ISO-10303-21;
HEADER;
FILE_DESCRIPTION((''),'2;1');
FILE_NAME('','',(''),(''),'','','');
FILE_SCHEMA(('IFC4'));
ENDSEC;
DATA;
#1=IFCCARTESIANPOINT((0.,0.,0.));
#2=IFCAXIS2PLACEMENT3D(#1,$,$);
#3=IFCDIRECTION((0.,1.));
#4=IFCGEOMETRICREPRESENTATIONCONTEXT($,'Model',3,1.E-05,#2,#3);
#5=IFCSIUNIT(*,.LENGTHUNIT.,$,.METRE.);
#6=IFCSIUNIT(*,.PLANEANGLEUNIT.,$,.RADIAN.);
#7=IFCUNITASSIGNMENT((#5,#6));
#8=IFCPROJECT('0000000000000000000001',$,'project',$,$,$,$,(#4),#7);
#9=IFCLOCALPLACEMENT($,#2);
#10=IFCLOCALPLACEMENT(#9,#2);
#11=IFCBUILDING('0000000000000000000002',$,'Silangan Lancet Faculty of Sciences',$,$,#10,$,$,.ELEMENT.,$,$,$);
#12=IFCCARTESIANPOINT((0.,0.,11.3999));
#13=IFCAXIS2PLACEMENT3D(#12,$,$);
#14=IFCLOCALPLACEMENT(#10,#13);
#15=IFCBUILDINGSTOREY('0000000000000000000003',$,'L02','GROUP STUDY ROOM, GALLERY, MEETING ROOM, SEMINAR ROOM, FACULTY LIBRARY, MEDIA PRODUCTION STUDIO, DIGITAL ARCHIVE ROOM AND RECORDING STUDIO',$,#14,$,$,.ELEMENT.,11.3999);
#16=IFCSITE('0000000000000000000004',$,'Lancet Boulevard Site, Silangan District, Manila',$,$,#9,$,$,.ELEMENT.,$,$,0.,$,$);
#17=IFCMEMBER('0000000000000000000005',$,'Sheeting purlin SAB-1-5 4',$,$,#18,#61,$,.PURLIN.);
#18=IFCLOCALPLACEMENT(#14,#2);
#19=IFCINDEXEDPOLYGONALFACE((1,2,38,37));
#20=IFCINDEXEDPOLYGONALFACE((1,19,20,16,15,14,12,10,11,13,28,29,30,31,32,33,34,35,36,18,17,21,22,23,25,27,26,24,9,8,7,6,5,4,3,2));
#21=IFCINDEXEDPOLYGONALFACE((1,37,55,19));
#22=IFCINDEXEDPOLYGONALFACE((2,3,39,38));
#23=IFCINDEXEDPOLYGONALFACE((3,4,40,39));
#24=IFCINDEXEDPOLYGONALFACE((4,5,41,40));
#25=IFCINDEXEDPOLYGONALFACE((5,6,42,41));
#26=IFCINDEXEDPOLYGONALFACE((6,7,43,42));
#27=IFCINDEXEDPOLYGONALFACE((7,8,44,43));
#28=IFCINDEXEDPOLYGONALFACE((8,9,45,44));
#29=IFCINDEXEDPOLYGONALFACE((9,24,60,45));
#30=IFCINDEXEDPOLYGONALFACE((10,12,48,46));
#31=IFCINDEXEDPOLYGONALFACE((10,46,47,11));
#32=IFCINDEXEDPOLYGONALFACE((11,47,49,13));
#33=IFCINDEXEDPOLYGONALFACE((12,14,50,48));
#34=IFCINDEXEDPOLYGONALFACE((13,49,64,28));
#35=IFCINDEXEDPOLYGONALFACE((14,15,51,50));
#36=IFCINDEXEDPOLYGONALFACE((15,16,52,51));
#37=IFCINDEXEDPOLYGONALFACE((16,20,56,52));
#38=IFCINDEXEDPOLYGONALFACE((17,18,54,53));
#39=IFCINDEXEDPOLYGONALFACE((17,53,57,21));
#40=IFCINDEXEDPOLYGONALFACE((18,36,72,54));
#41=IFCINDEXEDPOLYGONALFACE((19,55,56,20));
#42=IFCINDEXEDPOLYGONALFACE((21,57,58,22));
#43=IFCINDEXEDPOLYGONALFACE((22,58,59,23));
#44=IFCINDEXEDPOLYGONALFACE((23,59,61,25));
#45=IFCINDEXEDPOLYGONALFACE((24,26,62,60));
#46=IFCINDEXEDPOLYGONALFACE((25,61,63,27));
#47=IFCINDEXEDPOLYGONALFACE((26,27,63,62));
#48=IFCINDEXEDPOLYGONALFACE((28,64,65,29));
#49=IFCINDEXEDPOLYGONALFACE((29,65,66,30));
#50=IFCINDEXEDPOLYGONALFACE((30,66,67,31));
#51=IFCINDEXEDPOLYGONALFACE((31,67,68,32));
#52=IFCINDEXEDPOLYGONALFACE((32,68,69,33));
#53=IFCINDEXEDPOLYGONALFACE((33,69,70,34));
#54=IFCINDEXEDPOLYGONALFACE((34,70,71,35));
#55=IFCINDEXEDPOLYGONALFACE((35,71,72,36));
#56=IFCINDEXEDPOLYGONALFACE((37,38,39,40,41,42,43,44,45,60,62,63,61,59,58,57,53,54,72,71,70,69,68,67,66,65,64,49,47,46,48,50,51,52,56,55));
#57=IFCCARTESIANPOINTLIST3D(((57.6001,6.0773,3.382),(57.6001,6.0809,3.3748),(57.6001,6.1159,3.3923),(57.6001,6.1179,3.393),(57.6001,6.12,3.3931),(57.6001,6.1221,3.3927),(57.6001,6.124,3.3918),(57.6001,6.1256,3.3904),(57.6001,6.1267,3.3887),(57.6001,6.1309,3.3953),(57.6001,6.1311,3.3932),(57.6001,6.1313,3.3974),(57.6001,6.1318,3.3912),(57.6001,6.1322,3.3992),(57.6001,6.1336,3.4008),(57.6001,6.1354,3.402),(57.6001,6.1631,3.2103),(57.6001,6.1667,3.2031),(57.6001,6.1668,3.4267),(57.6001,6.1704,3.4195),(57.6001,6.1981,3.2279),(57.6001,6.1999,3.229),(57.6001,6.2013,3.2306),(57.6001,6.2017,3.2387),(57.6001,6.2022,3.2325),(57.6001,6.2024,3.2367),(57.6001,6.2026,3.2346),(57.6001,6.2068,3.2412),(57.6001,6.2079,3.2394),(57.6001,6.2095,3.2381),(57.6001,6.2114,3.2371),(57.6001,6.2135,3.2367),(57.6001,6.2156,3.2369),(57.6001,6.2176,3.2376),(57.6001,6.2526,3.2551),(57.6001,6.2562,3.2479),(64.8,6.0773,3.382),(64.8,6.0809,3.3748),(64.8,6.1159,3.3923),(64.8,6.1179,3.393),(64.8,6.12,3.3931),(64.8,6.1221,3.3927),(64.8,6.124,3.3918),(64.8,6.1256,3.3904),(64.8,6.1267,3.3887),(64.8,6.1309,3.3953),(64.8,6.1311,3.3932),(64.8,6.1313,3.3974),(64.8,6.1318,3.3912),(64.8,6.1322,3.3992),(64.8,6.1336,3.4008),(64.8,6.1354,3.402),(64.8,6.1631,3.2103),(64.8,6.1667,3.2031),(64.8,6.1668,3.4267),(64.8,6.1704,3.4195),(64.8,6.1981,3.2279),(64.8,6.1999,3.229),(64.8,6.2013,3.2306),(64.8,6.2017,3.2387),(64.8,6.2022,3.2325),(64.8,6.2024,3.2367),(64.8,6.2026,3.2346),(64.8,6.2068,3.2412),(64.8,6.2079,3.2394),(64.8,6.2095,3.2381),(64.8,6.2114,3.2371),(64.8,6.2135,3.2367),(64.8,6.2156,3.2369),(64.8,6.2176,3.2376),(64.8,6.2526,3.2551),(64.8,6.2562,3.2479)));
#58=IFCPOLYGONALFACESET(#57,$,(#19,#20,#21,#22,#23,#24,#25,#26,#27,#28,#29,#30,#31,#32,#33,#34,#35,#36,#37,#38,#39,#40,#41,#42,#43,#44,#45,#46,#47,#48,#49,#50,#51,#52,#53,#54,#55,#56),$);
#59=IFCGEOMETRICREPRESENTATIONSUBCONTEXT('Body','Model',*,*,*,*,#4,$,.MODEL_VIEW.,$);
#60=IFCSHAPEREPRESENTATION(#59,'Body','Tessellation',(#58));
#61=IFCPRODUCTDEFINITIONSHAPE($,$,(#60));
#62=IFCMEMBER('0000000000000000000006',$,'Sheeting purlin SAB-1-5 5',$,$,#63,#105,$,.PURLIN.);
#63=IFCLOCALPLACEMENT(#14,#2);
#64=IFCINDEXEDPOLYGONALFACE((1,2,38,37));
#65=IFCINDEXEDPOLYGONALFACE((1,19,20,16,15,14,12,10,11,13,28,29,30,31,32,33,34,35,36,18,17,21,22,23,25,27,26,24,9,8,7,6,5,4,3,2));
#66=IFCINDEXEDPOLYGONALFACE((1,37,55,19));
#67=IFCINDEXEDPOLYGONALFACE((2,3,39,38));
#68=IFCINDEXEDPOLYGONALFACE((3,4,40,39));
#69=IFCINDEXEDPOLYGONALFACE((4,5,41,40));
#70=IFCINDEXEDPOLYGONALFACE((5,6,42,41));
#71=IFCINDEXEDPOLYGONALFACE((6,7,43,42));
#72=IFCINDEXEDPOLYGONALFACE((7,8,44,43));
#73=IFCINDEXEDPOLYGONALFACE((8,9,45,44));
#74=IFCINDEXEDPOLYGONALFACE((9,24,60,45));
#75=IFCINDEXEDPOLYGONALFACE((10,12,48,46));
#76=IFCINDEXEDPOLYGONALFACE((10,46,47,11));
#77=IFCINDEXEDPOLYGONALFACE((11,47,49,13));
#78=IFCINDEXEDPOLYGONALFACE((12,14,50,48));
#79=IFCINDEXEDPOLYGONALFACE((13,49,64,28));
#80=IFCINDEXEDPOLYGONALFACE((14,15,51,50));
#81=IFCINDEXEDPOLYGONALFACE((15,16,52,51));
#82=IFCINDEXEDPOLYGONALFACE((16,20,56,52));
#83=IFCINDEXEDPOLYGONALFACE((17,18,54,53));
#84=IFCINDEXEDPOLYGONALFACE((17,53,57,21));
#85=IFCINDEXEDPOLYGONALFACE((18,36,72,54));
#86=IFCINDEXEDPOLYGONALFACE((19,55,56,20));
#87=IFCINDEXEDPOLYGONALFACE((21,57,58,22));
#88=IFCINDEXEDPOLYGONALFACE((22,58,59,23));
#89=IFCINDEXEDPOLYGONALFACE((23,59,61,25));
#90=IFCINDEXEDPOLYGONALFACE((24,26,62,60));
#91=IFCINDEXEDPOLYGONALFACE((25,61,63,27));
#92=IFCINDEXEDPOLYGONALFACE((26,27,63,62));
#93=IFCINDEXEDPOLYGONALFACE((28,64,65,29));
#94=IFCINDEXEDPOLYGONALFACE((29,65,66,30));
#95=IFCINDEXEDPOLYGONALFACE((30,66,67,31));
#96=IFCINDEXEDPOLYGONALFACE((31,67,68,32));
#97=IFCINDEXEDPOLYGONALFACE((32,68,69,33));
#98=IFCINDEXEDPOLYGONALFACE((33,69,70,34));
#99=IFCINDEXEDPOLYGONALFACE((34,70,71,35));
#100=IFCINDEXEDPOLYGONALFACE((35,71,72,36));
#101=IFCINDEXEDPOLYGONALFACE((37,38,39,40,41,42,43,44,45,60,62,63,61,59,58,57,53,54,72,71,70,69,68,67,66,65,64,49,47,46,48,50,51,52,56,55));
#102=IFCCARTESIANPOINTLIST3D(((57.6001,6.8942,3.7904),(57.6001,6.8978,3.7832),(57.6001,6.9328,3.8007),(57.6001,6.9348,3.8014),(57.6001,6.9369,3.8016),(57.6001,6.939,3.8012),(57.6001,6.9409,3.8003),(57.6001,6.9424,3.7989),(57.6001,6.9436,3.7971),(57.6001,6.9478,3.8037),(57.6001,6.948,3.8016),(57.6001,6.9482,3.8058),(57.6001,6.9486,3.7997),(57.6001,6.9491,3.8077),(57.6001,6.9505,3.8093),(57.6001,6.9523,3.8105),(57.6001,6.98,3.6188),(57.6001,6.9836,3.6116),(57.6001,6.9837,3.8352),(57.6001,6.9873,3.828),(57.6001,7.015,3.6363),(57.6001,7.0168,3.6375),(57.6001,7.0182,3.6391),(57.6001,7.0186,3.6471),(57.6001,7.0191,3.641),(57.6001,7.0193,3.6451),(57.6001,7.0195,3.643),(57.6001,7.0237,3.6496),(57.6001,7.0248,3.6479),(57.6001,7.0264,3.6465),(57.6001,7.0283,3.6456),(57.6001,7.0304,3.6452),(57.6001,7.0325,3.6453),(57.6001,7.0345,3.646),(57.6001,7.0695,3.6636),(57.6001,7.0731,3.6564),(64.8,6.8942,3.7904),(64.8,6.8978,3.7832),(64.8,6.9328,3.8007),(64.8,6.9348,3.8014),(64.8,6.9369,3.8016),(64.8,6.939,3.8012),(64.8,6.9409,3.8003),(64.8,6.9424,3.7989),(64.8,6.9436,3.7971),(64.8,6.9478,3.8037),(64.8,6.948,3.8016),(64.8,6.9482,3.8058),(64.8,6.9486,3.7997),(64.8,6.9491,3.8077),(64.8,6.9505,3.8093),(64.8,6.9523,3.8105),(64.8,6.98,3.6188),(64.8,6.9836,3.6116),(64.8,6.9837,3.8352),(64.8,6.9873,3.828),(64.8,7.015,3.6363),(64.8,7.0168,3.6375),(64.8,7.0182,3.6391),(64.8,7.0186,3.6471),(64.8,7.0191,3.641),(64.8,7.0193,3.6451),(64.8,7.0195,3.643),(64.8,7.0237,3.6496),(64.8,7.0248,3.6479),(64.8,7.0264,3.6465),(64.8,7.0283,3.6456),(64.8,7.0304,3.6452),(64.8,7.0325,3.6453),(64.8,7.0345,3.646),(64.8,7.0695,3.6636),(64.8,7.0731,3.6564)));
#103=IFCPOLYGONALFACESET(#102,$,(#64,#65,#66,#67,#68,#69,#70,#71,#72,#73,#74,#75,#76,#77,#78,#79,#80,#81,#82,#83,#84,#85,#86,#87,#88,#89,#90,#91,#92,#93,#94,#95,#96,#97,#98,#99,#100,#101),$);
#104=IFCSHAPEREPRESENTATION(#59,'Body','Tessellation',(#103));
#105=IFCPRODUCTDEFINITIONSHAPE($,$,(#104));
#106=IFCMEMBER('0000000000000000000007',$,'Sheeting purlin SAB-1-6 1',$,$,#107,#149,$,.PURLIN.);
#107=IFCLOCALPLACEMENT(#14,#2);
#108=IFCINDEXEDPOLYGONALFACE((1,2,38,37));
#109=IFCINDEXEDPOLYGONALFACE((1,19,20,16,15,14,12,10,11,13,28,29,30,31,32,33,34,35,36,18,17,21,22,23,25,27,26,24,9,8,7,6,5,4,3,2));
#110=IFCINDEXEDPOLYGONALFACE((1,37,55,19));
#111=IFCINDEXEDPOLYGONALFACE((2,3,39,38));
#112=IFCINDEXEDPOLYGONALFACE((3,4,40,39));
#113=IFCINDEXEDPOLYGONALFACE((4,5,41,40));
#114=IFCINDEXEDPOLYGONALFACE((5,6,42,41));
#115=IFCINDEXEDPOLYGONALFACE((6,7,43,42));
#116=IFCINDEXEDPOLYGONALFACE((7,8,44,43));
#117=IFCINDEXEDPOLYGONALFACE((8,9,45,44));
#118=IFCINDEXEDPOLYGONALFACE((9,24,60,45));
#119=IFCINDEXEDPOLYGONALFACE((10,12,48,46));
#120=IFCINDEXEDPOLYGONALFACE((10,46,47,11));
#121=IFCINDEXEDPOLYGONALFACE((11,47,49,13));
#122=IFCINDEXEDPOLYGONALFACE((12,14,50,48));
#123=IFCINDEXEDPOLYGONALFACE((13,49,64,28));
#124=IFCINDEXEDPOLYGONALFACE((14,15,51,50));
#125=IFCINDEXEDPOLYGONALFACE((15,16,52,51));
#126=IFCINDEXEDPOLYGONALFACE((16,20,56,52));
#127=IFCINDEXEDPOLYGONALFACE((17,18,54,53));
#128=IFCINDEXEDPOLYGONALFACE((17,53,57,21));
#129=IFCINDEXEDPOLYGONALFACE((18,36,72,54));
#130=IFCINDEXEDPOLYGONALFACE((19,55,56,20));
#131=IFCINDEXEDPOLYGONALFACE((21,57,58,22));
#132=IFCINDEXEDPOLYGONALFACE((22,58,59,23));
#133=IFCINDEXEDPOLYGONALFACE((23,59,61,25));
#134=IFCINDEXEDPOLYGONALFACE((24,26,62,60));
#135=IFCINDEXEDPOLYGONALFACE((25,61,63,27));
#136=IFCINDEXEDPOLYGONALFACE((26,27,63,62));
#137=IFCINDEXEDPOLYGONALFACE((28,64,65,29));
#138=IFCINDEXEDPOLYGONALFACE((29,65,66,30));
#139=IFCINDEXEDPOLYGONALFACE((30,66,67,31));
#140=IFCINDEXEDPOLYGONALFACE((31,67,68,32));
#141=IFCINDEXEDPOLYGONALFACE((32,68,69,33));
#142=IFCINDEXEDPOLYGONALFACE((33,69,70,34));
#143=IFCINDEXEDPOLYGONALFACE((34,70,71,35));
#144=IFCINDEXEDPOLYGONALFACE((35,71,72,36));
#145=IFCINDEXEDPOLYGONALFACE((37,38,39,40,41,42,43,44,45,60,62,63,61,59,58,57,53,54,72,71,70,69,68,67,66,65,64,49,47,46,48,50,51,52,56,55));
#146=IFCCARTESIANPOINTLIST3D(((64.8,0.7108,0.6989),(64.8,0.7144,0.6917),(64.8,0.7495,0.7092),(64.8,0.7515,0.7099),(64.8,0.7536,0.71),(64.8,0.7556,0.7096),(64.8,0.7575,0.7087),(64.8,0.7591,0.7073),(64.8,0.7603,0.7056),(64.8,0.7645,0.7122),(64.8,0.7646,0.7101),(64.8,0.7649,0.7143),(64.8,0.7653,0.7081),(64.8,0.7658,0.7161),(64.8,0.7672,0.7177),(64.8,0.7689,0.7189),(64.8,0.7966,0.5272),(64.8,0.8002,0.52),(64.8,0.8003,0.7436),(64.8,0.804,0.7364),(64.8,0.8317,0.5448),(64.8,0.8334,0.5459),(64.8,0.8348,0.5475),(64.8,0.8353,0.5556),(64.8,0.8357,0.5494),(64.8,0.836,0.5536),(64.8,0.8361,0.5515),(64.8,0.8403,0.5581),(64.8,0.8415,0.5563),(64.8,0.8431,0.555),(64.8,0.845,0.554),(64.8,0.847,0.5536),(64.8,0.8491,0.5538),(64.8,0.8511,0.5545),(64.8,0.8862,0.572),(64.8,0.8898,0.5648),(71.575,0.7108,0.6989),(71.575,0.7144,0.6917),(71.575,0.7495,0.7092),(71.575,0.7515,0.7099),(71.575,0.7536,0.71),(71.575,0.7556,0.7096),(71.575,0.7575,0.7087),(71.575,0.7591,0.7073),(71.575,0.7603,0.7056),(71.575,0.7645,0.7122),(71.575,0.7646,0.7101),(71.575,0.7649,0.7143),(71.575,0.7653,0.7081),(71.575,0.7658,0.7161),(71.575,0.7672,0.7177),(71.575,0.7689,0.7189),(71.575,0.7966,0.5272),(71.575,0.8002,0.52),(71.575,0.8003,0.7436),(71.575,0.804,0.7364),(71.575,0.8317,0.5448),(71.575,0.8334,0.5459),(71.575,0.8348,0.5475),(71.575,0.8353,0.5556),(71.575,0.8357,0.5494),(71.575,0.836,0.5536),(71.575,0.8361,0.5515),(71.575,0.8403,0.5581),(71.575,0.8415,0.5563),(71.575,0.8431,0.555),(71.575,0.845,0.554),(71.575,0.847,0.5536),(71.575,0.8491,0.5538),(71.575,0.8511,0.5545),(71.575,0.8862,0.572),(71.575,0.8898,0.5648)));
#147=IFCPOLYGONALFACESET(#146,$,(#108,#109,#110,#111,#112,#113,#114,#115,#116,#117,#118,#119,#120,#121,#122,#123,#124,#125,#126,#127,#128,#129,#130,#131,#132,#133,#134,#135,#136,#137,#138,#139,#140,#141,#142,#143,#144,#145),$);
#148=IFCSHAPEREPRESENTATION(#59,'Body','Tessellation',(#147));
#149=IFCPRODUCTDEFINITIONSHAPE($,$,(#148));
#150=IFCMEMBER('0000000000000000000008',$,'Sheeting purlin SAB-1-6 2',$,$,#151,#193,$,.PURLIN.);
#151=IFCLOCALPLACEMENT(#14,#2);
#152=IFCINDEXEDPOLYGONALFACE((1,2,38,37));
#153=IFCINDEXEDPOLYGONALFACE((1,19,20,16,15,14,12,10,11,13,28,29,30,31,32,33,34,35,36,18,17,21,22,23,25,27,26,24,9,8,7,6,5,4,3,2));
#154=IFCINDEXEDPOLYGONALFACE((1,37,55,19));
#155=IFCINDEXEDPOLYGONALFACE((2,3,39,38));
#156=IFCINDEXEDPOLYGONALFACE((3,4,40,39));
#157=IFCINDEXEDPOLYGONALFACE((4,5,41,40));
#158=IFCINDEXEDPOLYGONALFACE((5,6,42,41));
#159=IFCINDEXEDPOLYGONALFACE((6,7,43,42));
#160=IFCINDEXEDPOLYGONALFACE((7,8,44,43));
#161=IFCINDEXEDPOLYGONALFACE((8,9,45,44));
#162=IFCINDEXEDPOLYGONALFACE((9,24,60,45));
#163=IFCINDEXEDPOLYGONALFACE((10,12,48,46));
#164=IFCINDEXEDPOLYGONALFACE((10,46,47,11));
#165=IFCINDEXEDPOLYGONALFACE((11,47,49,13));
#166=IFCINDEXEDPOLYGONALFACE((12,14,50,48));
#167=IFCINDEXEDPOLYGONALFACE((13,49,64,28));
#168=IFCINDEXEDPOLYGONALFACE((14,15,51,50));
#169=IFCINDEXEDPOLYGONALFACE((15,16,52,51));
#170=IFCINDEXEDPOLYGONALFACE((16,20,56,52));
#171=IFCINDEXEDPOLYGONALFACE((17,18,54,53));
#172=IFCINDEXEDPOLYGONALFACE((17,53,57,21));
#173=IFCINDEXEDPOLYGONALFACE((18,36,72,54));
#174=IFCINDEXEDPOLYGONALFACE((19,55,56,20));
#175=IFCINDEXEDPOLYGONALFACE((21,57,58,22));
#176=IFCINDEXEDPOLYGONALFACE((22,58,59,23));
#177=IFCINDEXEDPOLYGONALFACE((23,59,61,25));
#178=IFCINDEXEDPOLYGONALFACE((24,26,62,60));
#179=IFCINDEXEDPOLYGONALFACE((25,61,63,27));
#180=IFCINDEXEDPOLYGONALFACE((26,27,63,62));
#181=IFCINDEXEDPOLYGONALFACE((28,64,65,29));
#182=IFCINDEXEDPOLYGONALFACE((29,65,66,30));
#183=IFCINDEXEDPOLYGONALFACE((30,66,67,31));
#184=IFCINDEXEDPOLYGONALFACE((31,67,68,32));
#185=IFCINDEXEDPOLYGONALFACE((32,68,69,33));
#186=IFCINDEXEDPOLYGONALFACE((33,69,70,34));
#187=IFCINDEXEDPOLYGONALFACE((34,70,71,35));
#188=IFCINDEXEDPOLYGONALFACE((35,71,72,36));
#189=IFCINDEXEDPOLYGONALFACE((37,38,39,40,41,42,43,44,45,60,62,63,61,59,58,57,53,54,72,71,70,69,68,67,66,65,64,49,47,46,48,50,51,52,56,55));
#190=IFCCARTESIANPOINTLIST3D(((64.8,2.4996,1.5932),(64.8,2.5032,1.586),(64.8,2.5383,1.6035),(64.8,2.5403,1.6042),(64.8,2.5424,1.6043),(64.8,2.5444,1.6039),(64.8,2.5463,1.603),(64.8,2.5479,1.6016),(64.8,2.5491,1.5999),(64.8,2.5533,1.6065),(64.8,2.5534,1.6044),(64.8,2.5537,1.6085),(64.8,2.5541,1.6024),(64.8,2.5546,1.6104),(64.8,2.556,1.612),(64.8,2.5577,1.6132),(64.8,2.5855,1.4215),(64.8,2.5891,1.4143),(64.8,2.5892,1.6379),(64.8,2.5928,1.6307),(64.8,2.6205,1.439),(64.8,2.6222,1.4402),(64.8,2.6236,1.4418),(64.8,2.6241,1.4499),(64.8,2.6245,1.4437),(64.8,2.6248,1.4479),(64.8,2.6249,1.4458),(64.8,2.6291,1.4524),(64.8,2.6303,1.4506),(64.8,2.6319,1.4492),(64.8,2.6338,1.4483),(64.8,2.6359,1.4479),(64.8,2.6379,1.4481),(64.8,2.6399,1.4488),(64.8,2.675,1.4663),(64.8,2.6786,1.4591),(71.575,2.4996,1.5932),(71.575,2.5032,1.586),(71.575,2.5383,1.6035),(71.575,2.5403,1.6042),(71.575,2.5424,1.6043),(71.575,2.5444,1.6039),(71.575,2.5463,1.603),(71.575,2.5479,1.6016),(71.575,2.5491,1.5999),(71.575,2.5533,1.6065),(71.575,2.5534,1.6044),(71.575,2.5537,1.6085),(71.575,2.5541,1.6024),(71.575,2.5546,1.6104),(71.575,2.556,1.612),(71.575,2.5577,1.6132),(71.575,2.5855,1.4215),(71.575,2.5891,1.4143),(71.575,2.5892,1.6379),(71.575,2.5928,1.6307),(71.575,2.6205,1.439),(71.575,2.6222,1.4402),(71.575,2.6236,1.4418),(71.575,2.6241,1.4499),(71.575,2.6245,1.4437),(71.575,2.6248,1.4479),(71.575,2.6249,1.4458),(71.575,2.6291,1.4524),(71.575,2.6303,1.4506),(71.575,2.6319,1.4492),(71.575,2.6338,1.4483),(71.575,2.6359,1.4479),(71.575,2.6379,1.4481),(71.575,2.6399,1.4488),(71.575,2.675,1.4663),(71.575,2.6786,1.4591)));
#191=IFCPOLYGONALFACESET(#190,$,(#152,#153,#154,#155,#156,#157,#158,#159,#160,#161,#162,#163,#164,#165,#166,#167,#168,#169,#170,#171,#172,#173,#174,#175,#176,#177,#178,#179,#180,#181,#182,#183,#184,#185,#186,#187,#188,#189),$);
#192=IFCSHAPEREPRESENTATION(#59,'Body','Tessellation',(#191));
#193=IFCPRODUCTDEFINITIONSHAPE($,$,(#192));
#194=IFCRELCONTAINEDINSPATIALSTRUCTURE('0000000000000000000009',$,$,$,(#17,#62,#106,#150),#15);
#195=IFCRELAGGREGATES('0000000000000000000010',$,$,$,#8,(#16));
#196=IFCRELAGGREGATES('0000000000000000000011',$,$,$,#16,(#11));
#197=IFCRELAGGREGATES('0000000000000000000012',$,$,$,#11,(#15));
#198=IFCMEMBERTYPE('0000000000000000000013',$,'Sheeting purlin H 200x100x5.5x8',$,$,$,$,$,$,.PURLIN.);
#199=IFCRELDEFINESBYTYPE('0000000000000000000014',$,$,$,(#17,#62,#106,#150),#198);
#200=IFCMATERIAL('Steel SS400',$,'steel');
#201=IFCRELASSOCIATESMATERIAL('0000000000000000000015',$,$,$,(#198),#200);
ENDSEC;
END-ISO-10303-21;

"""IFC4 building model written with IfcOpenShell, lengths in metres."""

from ifc_helpers import new_model, si_unit, direction, frame, origin, origin_2d, place, context, subcontext, project, spatial, i_section, extrude, material, material_profile, profile_set, type_object, element, save


model = new_model("IFC4")

# Units and contexts
model_context = context("Model", 3, precision=1e-05, world=origin(), true_north=direction((0.0, 1.0)))
body_context = subcontext(model_context, "Body", "Model", "MODEL_VIEW")
ifc_project = project(units=[si_unit("LENGTHUNIT", "METRE"), si_unit("PLANEANGLEUNIT", "RADIAN")], contexts=[model_context])

# Site, building, storey
site_placement = place(None, origin())
site = spatial("IfcSite", under=ifc_project, at=site_placement, Name="Lancet Boulevard Site, Silangan District, Manila", CompositionType="ELEMENT", RefElevation=0.0)
building_placement = place(site_placement, origin())
building = spatial("IfcBuilding", under=site, at=building_placement, Name="Silangan Lancet Faculty of Sciences", CompositionType="ELEMENT")
storey_placement = place(building_placement, frame((0.0, 0.0, 11.3999)))
storey = spatial("IfcBuildingStorey", under=building, at=storey_placement, Name="L02", Description="GROUP STUDY ROOM, GALLERY, MEETING ROOM, SEMINAR ROOM, FACULTY LIBRARY, MEDIA PRODUCTION STUDIO, DIGITAL ARCHIVE ROOM AND RECORDING STUDIO", CompositionType="ELEMENT", Elevation=11.3999)

# Members
ifc_material_1 = material(Name="Steel SS400", Category="steel")
ifc_material_profile_1 = material_profile(ifc_material_1, i_section(OverallWidth=0.1001, OverallDepth=0.2, WebThickness=0.0056, FlangeThickness=0.0081, FilletRadius=0.0081, at=origin_2d()), Name="H 200x100x5.5x8")
ifc_profile_set_1 = profile_set([ifc_material_profile_1], Name="Steel SS400")
member_type_1 = type_object("IfcMemberType", Name="Sheeting purlin H 200x100x5.5x8", PredefinedType="PURLIN", material=ifc_profile_set_1)
for number, where, z_axis, x_axis, name in (
    (1, (57.6001, 6.1667, 3.3149), (1.0, 0.0, 0.0), (0.0, 0.894427, 0.447214), "Sheeting purlin SAB-1-5 4"),
    (2, (57.6001, 6.9836, 3.7234), (1.0, 0.0, 0.0), (0.0, 0.894427, 0.447214), "Sheeting purlin SAB-1-5 5"),
):
    element("IfcMember", number, at=place(storey_placement, frame(where, z_axis=z_axis, x_axis=x_axis)), inside=storey, type_object=member_type_1, Name=name, PredefinedType="PURLIN", context=body_context, shape_type="SweptSolid", body=[
        extrude(i_section(OverallWidth=0.1001, OverallDepth=0.2, WebThickness=0.0056, FlangeThickness=0.0081, FilletRadius=0.0081, at=origin_2d()), origin(), (0.0, 0.0, 1.0), 7.2),
    ])
for number, where, z_axis, x_axis, name in (
    (3, (64.8, 0.8003, 0.6318), (1.0, 0.0, 0.0), (0.0, 0.894427, 0.447214), "Sheeting purlin SAB-1-6 1"),
    (4, (64.8, 2.5891, 1.5261), (1.0, 0.0, 0.0), (0.0, 0.894427, 0.447214), "Sheeting purlin SAB-1-6 2"),
):
    element("IfcMember", number, at=place(storey_placement, frame(where, z_axis=z_axis, x_axis=x_axis)), inside=storey, type_object=member_type_1, Name=name, PredefinedType="PURLIN", context=body_context, shape_type="SweptSolid", body=[
        extrude(i_section(OverallWidth=0.1001, OverallDepth=0.2, WebThickness=0.0056, FlangeThickness=0.0081, FilletRadius=0.0081, at=origin_2d()), origin(), (0.0, 0.0, 1.0), 6.7749),
    ])

save(model, "model.ifc")
